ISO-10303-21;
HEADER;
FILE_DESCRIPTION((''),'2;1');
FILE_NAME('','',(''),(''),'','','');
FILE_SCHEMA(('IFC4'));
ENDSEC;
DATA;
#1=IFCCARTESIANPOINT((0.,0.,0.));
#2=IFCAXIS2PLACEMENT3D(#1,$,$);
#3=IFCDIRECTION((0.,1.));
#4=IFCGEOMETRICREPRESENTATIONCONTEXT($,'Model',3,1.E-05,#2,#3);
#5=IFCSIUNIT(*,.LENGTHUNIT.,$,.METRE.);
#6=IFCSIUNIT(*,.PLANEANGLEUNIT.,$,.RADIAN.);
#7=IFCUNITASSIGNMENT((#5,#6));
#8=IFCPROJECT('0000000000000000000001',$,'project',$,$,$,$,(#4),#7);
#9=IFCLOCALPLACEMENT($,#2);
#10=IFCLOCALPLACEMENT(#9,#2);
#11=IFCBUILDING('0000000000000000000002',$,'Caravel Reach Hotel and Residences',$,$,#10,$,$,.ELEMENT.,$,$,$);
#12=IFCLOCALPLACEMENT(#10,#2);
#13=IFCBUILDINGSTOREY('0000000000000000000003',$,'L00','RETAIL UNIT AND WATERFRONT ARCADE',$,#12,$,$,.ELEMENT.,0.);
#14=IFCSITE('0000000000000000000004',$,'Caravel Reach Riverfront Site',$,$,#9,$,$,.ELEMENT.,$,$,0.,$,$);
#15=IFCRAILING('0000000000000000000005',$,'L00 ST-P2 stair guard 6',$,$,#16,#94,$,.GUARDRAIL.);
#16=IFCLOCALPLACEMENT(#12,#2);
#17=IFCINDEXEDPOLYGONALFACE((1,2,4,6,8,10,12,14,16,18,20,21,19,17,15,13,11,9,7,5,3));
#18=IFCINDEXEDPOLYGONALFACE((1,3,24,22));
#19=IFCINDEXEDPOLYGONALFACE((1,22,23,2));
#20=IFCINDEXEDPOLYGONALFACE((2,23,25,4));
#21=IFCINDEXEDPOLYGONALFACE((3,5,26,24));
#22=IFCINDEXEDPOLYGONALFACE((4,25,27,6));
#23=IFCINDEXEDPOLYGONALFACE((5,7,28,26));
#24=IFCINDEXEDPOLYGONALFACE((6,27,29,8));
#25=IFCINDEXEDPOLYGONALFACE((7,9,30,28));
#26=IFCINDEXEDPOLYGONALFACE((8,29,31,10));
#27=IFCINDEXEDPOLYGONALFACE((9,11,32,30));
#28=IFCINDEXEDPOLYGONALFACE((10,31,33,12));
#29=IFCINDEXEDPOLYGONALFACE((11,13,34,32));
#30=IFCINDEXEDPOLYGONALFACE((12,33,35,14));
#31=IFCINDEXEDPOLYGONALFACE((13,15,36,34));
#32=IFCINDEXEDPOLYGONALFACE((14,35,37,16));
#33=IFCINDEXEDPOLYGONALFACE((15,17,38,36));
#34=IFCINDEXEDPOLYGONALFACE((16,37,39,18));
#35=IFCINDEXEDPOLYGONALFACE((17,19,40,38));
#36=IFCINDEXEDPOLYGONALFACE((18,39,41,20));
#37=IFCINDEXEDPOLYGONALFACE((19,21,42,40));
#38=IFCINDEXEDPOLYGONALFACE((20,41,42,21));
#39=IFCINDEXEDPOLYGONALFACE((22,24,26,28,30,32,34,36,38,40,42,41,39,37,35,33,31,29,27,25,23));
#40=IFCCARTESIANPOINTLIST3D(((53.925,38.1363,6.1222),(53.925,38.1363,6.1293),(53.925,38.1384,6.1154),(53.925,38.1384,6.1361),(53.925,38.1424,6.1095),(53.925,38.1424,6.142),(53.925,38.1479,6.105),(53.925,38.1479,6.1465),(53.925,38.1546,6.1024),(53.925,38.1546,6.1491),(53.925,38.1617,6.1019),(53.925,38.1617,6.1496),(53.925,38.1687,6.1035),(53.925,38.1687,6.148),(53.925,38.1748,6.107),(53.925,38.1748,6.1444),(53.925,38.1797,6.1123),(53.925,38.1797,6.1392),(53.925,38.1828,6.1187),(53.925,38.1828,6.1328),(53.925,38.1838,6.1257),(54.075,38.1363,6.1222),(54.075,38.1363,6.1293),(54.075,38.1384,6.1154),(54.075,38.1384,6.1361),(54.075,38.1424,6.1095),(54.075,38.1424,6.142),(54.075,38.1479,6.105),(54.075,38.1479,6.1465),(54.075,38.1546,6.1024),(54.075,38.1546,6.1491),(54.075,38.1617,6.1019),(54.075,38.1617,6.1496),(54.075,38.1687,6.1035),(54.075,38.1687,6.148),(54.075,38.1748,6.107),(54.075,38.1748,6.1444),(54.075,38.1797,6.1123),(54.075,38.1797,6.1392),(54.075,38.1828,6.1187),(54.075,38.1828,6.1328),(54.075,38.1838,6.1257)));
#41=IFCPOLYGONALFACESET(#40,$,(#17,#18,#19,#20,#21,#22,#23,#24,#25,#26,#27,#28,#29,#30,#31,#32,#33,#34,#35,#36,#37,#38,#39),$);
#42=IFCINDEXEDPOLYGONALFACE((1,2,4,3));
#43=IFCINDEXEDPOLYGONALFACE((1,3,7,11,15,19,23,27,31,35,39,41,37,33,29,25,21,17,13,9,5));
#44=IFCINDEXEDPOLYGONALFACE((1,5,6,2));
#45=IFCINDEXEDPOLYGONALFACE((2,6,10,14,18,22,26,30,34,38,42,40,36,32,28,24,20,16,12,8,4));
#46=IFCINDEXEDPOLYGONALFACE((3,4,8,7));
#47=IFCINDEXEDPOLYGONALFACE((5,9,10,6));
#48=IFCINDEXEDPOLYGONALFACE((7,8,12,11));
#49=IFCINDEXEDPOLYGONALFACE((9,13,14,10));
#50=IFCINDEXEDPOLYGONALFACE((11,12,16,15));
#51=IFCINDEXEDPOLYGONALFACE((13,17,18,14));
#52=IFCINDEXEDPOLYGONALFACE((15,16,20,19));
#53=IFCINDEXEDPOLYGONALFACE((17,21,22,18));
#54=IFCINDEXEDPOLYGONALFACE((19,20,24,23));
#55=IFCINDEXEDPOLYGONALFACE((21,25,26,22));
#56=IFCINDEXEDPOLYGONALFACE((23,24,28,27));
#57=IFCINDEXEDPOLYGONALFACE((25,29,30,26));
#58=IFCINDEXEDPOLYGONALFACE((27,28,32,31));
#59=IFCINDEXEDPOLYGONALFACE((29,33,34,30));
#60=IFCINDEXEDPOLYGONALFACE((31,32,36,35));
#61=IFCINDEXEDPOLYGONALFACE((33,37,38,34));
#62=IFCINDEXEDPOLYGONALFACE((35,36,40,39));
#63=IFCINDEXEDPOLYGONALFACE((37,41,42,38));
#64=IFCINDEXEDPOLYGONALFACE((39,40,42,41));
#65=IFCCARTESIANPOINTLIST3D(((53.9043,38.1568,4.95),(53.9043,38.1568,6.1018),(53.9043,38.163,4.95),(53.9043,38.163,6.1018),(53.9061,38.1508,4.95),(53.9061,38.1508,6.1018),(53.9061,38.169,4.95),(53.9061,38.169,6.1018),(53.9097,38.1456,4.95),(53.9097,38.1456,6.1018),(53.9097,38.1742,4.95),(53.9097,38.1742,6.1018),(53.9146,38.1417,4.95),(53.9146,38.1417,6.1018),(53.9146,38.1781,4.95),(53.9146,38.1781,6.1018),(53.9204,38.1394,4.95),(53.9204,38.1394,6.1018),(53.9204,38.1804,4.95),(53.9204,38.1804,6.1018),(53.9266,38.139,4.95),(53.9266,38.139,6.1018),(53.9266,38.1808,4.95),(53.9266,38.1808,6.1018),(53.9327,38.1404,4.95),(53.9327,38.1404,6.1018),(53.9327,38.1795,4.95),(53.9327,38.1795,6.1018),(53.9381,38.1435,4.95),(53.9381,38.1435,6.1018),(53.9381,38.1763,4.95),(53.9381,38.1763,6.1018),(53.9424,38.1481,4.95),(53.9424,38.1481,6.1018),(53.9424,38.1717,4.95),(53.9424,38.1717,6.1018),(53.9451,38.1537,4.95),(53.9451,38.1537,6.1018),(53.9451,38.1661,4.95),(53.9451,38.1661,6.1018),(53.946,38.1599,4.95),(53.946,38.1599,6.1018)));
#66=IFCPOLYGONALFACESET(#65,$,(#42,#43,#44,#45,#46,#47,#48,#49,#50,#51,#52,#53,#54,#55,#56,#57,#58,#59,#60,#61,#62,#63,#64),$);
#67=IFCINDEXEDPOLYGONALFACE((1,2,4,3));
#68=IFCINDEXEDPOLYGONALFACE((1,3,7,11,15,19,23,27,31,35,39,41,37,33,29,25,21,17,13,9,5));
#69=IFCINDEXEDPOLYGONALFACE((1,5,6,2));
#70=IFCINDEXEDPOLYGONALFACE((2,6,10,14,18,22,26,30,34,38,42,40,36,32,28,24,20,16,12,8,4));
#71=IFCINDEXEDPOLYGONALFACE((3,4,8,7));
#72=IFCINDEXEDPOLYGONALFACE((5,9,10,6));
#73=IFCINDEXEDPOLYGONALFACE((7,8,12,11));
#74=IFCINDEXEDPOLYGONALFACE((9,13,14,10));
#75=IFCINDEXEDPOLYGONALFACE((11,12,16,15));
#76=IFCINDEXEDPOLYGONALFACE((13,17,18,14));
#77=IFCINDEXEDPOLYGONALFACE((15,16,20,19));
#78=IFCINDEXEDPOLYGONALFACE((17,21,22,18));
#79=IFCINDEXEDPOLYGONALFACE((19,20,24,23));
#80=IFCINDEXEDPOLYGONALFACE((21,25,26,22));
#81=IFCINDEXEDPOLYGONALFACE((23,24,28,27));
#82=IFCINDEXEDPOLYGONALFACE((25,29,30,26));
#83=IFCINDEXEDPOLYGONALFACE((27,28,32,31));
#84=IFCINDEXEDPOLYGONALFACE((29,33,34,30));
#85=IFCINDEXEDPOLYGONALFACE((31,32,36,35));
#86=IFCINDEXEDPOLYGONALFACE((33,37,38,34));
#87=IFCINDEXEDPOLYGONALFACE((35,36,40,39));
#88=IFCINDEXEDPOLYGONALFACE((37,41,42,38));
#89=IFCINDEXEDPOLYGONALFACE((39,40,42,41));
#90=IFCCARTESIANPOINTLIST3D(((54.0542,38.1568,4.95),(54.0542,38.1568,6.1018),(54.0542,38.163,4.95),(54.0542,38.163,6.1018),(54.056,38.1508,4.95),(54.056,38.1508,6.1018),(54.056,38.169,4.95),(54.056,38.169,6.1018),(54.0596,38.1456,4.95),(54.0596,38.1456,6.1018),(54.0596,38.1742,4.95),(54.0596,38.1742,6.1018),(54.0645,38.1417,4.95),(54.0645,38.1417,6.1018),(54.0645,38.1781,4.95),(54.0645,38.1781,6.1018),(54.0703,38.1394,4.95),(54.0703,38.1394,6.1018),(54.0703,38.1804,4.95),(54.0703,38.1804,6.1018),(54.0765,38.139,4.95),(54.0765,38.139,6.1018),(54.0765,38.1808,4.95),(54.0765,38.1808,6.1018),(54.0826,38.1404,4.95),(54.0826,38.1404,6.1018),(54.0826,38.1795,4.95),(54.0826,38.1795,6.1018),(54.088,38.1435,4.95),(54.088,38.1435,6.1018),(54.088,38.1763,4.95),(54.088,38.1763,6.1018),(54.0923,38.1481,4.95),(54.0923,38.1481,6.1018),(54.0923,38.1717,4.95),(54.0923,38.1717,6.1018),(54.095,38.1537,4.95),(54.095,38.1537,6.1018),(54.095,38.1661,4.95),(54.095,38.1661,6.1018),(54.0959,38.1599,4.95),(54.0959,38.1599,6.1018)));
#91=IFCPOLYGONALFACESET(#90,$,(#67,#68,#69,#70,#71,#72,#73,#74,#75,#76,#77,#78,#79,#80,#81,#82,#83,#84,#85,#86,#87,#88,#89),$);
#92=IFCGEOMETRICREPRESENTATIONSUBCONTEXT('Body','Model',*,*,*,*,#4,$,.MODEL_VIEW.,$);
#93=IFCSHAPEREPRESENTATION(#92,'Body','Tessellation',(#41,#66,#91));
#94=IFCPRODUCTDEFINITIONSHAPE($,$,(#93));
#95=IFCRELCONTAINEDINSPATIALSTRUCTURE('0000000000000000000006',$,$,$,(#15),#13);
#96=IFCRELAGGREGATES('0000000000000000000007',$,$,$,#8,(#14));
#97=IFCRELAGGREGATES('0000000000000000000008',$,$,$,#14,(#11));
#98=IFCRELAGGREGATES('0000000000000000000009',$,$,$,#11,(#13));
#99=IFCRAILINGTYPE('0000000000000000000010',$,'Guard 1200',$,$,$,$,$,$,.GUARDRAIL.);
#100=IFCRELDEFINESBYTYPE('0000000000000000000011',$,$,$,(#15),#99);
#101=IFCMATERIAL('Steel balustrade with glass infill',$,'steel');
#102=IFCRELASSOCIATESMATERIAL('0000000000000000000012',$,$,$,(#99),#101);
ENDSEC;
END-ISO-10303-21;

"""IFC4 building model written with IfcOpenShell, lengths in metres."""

from ifc_helpers import new_model, si_unit, direction, frame, origin, origin_2d, place, context, subcontext, project, spatial, circle, extrude, material, type_object, element, save


model = new_model("IFC4")

# Units and contexts
model_context = context("Model", 3, precision=1e-05, world=origin(), true_north=direction((0.0, 1.0)))
body_context = subcontext(model_context, "Body", "Model", "MODEL_VIEW")
ifc_project = project(units=[si_unit("LENGTHUNIT", "METRE"), si_unit("PLANEANGLEUNIT", "RADIAN")], contexts=[model_context])

# Site, building, storey
site_placement = place(None, origin())
site = spatial("IfcSite", under=ifc_project, at=site_placement, Name="Caravel Reach Riverfront Site", CompositionType="ELEMENT", RefElevation=0.0)
building_placement = place(site_placement, origin())
building = spatial("IfcBuilding", under=site, at=building_placement, Name="Caravel Reach Hotel and Residences", CompositionType="ELEMENT")
storey_placement = place(building_placement, origin())
storey = spatial("IfcBuildingStorey", under=building, at=storey_placement, Name="L00", Description="RETAIL UNIT AND WATERFRONT ARCADE", CompositionType="ELEMENT", Elevation=0.0)

# Railing
ifc_material_1 = material(Name="Steel balustrade with glass infill", Category="steel")
railing_type_1 = type_object("IfcRailingType", Name="Guard 1200", PredefinedType="GUARDRAIL", material=ifc_material_1)
railing_1_placement = place(storey_placement, frame((53.925, 38.1599, 4.95)))
element("IfcRailing", 1, at=railing_1_placement, inside=storey, type_object=railing_type_1, Name="L00 ST-P2 stair guard 6", PredefinedType="GUARDRAIL", context=body_context, shape_type="SweptSolid", body=[
    extrude(circle(Radius=0.0239, at=origin_2d()), frame((0.0, 0.0, 1.1758), z_axis=(1.0, 0.0, 0.0), x_axis=(0.0, 1.0, 0.0)), (0.0, 0.0, 1.0), 0.1499),
    extrude(circle(Radius=0.021, at=origin_2d()), origin(), (0.0, 0.0, 1.0), 1.1519),
    extrude(circle(Radius=0.021, at=origin_2d()), frame((0.1499, 0.0, 0.0)), (0.0, 0.0, 1.0), 1.1519),
])

save(model, "model.ifc")
